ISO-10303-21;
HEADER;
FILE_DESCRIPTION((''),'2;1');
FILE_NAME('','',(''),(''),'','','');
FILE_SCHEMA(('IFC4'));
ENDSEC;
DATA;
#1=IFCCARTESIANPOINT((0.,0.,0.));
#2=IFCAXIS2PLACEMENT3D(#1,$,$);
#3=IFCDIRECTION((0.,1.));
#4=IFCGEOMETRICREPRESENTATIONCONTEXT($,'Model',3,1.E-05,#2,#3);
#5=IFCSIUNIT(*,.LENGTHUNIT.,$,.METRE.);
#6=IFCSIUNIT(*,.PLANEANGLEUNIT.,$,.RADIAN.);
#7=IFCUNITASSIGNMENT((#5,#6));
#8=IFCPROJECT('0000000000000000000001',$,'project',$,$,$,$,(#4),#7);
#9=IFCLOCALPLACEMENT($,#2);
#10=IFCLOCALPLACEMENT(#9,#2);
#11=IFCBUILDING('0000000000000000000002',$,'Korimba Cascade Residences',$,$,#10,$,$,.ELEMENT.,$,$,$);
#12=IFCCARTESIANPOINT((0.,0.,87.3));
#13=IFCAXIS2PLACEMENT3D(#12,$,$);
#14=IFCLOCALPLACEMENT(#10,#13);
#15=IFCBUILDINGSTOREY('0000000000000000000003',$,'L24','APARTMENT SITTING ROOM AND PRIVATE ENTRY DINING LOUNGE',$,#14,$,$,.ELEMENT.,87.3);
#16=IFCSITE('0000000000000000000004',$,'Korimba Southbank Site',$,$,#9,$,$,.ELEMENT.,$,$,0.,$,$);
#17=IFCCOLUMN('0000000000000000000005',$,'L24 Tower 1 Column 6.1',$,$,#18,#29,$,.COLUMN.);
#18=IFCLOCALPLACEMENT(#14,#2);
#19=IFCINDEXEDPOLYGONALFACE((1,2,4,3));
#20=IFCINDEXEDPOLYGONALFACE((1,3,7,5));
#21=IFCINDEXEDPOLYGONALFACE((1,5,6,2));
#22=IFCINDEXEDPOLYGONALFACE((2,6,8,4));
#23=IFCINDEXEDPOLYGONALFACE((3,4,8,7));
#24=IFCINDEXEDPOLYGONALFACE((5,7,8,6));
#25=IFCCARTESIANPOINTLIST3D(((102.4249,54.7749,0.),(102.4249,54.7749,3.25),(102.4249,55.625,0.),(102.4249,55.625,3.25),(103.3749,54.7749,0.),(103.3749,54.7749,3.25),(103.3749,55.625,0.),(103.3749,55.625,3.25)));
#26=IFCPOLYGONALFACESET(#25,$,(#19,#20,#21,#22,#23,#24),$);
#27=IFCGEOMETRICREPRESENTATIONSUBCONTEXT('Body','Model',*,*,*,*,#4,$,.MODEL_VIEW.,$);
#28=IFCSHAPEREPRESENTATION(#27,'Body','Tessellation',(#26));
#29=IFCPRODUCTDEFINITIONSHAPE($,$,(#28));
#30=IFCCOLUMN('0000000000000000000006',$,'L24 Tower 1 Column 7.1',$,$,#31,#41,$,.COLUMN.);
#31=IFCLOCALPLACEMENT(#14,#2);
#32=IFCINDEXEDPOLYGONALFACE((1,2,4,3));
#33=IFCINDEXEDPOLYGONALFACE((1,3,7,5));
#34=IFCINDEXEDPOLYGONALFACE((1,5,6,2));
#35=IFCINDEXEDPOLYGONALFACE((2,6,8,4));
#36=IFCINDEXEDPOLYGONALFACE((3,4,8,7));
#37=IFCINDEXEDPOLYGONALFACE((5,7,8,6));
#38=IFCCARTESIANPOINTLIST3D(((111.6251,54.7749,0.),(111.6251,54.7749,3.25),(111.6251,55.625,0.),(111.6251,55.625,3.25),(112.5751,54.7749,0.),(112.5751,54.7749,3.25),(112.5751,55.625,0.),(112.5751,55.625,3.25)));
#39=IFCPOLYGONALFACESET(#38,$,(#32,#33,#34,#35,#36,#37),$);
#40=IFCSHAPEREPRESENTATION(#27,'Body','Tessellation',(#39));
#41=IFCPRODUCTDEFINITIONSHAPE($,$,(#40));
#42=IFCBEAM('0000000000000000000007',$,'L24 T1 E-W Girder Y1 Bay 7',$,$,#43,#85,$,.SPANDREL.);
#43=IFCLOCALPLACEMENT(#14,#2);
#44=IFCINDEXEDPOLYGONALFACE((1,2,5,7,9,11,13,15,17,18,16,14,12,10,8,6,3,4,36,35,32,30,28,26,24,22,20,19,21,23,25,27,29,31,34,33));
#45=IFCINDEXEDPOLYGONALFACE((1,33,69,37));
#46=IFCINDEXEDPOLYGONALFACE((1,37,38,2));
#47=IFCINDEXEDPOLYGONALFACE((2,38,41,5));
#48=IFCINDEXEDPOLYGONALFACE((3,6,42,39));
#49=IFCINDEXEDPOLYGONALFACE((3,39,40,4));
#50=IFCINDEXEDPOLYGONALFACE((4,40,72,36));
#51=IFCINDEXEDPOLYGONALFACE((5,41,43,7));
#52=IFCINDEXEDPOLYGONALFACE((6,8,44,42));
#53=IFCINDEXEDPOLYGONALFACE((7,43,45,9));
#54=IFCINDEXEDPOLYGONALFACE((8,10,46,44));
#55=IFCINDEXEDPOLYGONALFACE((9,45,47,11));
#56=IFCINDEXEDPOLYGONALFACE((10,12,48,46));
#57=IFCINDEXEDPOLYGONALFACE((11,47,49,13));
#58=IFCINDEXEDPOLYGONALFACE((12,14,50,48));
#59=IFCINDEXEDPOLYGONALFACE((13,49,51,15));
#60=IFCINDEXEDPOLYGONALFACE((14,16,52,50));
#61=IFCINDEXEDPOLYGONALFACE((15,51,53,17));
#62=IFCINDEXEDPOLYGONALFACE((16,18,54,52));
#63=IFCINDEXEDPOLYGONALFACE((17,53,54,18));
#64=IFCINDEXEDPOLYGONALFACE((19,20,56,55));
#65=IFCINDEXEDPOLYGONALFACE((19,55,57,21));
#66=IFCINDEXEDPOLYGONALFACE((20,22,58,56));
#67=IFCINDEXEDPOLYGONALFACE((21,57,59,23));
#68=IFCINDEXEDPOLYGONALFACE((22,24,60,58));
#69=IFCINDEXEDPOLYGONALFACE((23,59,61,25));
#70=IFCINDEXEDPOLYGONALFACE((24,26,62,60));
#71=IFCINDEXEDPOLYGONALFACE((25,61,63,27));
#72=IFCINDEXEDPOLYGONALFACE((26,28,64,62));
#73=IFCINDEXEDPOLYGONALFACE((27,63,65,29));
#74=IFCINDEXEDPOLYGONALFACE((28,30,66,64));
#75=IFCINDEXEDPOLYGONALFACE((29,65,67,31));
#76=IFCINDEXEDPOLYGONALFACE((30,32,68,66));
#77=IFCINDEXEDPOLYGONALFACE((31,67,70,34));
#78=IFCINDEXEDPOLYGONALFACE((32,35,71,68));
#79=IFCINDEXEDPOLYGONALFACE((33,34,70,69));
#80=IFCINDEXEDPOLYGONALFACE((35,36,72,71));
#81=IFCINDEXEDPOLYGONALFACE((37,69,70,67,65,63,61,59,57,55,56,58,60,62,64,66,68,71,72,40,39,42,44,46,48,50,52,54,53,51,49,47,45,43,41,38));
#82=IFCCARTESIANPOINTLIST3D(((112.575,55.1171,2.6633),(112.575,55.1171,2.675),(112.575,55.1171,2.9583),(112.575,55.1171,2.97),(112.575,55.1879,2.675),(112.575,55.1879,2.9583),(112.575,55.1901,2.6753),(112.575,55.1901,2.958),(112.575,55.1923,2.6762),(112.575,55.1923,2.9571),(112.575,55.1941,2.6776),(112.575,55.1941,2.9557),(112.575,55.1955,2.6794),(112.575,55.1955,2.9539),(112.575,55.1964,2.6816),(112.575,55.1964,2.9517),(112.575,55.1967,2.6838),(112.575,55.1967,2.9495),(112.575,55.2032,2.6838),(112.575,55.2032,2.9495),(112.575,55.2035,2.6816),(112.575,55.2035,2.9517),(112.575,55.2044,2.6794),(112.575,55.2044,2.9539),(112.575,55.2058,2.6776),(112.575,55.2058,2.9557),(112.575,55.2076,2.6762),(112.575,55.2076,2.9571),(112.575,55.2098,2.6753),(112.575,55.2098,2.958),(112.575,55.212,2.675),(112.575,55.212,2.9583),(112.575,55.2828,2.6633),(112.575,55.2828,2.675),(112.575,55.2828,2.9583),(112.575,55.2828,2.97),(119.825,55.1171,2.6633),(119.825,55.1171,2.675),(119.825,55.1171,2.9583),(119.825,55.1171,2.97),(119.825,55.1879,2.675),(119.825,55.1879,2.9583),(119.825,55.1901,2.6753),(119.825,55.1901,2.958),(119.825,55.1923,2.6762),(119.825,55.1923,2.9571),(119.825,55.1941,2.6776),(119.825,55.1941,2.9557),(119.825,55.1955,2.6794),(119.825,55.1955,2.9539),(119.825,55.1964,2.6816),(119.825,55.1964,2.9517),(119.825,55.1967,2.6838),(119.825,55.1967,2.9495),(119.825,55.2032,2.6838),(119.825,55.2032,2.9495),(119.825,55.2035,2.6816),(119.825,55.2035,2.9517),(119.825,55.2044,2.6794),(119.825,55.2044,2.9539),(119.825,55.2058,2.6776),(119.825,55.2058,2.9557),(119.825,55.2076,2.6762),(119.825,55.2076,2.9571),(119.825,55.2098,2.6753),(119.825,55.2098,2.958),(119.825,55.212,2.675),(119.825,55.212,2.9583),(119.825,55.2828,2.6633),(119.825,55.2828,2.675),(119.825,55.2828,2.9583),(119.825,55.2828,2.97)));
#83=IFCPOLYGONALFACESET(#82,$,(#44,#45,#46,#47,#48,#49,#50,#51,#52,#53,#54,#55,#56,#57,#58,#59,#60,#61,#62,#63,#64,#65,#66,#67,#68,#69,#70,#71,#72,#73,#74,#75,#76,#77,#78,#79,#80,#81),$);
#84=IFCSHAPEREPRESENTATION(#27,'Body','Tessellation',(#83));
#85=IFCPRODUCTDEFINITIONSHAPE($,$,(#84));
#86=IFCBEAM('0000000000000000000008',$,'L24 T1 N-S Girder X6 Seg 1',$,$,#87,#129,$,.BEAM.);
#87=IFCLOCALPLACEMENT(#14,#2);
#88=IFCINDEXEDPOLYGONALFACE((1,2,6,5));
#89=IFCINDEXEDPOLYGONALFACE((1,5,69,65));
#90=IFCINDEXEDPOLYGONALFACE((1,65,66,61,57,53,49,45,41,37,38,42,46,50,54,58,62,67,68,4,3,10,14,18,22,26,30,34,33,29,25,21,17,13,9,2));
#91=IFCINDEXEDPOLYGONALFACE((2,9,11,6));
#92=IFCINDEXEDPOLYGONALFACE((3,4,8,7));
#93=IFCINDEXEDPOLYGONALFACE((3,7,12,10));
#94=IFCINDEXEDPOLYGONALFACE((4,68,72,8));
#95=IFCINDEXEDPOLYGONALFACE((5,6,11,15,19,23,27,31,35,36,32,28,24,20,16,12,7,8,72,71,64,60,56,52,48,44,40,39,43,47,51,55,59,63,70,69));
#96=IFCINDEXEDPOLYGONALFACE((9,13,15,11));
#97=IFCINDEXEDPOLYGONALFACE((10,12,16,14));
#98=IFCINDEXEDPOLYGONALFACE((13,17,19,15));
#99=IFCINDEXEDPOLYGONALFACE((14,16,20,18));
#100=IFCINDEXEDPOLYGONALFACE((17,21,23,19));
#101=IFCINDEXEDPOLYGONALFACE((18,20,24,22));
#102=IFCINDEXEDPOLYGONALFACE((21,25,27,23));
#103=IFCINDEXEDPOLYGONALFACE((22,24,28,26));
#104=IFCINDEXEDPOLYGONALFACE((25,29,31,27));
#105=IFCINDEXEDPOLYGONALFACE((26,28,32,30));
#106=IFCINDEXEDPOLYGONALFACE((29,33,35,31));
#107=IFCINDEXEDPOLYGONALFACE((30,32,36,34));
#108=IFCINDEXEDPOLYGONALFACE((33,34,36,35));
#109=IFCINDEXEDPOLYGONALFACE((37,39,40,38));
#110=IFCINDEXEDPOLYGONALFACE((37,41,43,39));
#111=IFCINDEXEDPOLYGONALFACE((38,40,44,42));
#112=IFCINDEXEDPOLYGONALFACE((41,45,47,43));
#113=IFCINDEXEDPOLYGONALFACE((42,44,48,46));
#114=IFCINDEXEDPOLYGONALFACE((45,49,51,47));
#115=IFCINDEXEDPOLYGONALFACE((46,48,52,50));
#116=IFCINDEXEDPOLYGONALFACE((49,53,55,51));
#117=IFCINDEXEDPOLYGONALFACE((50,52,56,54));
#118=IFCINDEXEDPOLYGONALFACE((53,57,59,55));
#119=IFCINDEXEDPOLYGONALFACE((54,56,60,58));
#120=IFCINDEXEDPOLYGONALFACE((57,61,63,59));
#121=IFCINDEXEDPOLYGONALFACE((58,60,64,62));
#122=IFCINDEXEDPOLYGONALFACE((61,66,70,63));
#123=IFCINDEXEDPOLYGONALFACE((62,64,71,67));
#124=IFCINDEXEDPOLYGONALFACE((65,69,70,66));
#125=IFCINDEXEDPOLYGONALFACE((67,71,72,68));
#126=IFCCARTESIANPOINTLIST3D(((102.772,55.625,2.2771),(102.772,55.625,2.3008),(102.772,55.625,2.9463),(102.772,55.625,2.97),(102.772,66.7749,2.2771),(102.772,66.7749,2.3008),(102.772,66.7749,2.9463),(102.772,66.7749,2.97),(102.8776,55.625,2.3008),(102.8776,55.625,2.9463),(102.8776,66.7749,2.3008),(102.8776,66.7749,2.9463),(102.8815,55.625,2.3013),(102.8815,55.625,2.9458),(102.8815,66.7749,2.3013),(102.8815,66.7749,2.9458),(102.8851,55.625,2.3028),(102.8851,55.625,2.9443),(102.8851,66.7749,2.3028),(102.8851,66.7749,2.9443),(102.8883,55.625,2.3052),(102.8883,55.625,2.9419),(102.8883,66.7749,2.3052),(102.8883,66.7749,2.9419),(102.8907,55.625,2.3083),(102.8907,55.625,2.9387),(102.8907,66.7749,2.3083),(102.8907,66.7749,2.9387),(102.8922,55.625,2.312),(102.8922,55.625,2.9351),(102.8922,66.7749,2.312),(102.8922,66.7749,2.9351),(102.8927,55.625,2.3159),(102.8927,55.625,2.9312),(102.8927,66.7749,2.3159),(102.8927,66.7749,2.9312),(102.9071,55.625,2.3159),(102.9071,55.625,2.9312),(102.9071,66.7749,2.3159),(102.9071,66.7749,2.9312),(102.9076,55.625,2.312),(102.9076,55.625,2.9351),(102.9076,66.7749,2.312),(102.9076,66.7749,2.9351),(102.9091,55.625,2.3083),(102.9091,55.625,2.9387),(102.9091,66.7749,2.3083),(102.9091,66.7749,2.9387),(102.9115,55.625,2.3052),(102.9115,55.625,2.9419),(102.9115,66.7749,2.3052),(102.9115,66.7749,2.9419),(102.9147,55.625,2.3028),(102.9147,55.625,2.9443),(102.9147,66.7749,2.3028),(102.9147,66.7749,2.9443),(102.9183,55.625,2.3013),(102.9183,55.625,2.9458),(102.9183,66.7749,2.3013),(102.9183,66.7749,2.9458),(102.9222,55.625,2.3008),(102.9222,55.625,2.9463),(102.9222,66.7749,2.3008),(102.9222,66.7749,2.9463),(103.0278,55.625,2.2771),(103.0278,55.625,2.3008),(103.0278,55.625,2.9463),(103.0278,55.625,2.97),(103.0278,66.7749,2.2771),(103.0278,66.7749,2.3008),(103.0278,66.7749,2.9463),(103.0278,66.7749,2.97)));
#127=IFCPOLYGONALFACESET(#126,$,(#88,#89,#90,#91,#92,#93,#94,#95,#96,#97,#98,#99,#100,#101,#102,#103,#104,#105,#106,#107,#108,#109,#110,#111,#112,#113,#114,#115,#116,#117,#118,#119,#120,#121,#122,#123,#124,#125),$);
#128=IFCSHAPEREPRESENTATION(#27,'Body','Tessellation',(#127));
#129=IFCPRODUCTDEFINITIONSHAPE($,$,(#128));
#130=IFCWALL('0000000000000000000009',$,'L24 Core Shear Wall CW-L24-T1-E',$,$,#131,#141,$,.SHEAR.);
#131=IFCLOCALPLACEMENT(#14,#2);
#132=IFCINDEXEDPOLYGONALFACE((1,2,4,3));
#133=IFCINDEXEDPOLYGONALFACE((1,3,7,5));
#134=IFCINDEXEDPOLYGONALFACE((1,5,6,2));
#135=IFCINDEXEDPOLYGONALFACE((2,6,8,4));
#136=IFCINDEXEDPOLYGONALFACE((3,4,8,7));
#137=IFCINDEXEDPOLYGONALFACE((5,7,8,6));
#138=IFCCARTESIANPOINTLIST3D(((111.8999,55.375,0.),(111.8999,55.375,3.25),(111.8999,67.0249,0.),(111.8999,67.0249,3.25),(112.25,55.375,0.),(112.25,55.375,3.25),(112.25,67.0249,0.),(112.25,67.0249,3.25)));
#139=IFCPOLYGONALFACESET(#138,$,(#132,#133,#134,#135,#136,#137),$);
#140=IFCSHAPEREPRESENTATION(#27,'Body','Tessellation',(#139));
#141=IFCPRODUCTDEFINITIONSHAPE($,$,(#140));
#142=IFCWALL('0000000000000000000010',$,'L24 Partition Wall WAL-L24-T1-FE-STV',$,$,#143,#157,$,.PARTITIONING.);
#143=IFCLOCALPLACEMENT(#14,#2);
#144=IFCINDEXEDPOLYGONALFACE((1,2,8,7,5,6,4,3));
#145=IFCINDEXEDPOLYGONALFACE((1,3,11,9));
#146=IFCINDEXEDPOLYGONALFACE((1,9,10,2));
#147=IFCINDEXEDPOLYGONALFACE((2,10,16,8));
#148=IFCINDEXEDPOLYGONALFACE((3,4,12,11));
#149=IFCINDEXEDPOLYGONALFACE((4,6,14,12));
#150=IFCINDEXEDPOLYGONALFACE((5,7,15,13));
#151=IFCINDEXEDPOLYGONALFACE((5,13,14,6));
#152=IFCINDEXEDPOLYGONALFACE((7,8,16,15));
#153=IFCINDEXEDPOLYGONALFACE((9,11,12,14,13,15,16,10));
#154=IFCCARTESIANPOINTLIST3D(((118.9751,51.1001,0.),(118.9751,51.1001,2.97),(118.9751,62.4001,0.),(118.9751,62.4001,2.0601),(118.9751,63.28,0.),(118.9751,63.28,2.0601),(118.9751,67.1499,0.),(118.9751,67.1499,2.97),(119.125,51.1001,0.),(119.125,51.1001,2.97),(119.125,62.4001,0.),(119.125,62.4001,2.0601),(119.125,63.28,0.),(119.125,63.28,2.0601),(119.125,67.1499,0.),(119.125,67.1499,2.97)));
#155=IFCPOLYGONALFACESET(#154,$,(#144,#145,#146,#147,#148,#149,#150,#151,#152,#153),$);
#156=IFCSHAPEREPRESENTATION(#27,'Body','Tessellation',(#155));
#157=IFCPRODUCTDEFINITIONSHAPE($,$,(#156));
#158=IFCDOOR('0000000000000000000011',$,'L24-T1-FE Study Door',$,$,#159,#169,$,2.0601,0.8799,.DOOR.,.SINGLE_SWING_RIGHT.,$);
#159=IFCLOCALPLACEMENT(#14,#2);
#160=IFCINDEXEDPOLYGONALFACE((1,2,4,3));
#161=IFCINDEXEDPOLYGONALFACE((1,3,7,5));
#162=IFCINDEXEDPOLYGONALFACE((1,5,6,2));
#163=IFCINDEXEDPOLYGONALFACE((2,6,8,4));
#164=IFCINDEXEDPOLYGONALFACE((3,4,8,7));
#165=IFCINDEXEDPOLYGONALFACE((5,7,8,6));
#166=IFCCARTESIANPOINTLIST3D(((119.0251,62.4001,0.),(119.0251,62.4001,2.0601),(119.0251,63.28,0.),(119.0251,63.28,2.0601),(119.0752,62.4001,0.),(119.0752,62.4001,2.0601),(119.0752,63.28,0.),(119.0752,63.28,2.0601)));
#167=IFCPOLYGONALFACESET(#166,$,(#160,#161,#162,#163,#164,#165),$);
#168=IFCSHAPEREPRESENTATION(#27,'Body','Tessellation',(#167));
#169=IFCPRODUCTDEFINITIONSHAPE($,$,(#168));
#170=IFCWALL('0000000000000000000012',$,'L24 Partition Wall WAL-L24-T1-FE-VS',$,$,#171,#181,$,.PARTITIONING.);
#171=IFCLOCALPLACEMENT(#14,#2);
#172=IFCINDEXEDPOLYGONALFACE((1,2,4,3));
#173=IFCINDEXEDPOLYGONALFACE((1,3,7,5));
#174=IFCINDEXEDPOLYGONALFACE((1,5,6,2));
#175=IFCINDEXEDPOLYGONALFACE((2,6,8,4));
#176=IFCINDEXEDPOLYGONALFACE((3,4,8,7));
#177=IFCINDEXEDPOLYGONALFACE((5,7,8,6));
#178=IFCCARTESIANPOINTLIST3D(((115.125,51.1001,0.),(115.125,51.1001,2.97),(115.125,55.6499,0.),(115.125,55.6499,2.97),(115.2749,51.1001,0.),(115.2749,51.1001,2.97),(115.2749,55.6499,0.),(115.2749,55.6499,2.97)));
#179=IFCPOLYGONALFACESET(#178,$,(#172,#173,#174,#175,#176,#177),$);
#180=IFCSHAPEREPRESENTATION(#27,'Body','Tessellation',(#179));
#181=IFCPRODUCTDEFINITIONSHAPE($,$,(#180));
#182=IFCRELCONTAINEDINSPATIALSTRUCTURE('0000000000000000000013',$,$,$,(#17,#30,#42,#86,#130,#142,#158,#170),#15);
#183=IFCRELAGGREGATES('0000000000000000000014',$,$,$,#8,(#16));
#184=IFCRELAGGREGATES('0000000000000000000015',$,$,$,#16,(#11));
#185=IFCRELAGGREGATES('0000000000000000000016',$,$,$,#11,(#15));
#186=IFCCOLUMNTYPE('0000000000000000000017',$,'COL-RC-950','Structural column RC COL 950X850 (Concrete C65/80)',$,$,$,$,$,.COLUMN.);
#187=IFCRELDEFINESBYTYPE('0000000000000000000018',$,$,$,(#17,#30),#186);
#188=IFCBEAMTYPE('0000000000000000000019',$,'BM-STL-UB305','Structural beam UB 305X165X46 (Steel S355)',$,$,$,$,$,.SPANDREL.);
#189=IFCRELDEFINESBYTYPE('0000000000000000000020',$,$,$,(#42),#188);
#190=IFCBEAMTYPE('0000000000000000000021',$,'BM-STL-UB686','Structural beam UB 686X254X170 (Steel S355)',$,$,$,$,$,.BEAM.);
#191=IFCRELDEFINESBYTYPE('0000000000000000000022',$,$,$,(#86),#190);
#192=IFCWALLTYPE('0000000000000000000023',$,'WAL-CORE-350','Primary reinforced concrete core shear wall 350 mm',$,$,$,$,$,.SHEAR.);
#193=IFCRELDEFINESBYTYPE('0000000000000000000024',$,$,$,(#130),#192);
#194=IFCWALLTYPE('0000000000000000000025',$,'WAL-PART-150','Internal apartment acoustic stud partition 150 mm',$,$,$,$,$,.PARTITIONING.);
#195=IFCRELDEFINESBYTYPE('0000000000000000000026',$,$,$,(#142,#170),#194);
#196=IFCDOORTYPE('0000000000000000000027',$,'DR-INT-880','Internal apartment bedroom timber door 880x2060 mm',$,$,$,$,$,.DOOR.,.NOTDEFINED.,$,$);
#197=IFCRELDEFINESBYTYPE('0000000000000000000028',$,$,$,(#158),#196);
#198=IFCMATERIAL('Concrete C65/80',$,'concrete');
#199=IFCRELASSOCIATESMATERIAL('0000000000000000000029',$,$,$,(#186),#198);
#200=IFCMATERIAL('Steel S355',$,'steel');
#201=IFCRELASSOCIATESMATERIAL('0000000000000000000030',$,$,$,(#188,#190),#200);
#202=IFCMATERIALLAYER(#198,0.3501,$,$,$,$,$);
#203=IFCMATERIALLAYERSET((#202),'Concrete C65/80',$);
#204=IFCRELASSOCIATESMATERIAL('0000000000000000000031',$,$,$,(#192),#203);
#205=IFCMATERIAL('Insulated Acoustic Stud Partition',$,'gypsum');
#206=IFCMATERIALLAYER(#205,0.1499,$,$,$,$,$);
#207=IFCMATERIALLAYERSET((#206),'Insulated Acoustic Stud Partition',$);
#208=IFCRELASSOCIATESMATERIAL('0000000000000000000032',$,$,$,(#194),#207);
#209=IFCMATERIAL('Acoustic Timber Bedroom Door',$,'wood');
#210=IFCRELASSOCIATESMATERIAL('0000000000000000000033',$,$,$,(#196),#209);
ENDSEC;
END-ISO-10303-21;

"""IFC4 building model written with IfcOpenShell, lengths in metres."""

from ifc_helpers import new_model, si_unit, direction, frame, frame_2d, origin, origin_2d, place, context, subcontext, project, spatial, rectangle, i_section, extrude, material, layer, layer_set, material_profile, profile_set, type_object, element, fill, save


model = new_model("IFC4")

# Units and contexts
model_context = context("Model", 3, precision=1e-05, world=origin(), true_north=direction((0.0, 1.0)))
body_context = subcontext(model_context, "Body", "Model", "MODEL_VIEW")
ifc_project = project(units=[si_unit("LENGTHUNIT", "METRE"), si_unit("PLANEANGLEUNIT", "RADIAN")], contexts=[model_context])

# Site, building, storey
site_placement = place(None, origin())
site = spatial("IfcSite", under=ifc_project, at=site_placement, Name="Korimba Southbank Site", CompositionType="ELEMENT", RefElevation=0.0)
building_placement = place(site_placement, origin())
building = spatial("IfcBuilding", under=site, at=building_placement, Name="Korimba Cascade Residences", CompositionType="ELEMENT")
storey_placement = place(building_placement, frame((0.0, 0.0, 87.3)))
storey = spatial("IfcBuildingStorey", under=building, at=storey_placement, Name="L24", Description="APARTMENT SITTING ROOM AND PRIVATE ENTRY DINING LOUNGE", CompositionType="ELEMENT", Elevation=87.3)

# Columns
ifc_material_1 = material(Name="Concrete C65/80", Category="concrete")
ifc_material_profile_1 = material_profile(ifc_material_1, rectangle(XDim=0.95, YDim=0.8501, at=origin_2d()), Name="Concrete C65/80")
ifc_profile_set_1 = profile_set([ifc_material_profile_1], Name="Concrete C65/80")
column_type = type_object("IfcColumnType", Name="COL-RC-950", Description="Structural column RC COL 950X850 (Concrete C65/80)", PredefinedType="COLUMN", material=ifc_profile_set_1)
for number, where, z_axis, x_axis, name in (
    (1, (102.8999, 55.2, 0.0), (0.0, 0.0, 1.0), (1.0, 0.0, 0.0), "L24 Tower 1 Column 6.1"),
    (2, (112.1001, 55.2, 0.0), (0.0, 0.0, 1.0), (1.0, 0.0, 0.0), "L24 Tower 1 Column 7.1"),
):
    element("IfcColumn", number, at=place(storey_placement, frame(where, z_axis=z_axis, x_axis=x_axis)), inside=storey, type_object=column_type, Name=name, PredefinedType="COLUMN", context=body_context, shape_type="SweptSolid", body=[
        extrude(rectangle(XDim=0.95, YDim=0.8501, at=origin_2d()), origin(), (0.0, 0.0, 1.0), 3.25),
    ])

# Beams
ifc_material_2 = material(Name="Steel S355", Category="steel")
ifc_material_profile_2 = material_profile(ifc_material_2, i_section(OverallWidth=0.1658, OverallDepth=0.3066, WebThickness=0.0066, FlangeThickness=0.0117, FilletRadius=0.0088, at=origin_2d()), Name="Steel S355")
ifc_profile_set_2 = profile_set([ifc_material_profile_2], Name="Steel S355")
beam_type_1 = type_object("IfcBeamType", Name="BM-STL-UB305", Description="Structural beam UB 305X165X46 (Steel S355)", PredefinedType="SPANDREL", material=ifc_profile_set_2)
beam_1_placement = place(storey_placement, frame((112.575, 55.2, 2.8167), z_axis=(1.0, 0.0, 0.0), x_axis=(0.0, 1.0, 0.0)))
element("IfcBeam", 3, at=beam_1_placement, inside=storey, type_object=beam_type_1, Name="L24 T1 E-W Girder Y1 Bay 7", PredefinedType="SPANDREL", context=body_context, shape_type="SweptSolid", body=[
    extrude(i_section(OverallWidth=0.1658, OverallDepth=0.3066, WebThickness=0.0066, FlangeThickness=0.0117, FilletRadius=0.0088, at=origin_2d()), origin(), (0.0, 0.0, 1.0), 7.25),
])
ifc_material_profile_3 = material_profile(ifc_material_2, i_section(OverallWidth=0.2559, OverallDepth=0.6929, WebThickness=0.0144, FlangeThickness=0.0237, FilletRadius=0.0151, at=origin_2d()), Name="Steel S355")
ifc_profile_set_3 = profile_set([ifc_material_profile_3], Name="Steel S355")
beam_type_2 = type_object("IfcBeamType", Name="BM-STL-UB686", Description="Structural beam UB 686X254X170 (Steel S355)", PredefinedType="BEAM", material=ifc_profile_set_3)
beam_2_placement = place(storey_placement, frame((102.8999, 55.625, 2.6235), z_axis=(0.0, 1.0, 0.0), x_axis=(-1.0, 0.0, 0.0)))
element("IfcBeam", 4, at=beam_2_placement, inside=storey, type_object=beam_type_2, Name="L24 T1 N-S Girder X6 Seg 1", PredefinedType="BEAM", context=body_context, shape_type="SweptSolid", body=[
    extrude(i_section(OverallWidth=0.2559, OverallDepth=0.6929, WebThickness=0.0144, FlangeThickness=0.0237, FilletRadius=0.0151, at=origin_2d()), origin(), (0.0, 0.0, 1.0), 11.1499),
])

# Wall
ifc_layer_1 = layer(ifc_material_1, 0.3501)
ifc_layer_set_1 = layer_set([ifc_layer_1], Name="Concrete C65/80")
wall_type_1 = type_object("IfcWallType", Name="WAL-CORE-350", Description="Primary reinforced concrete core shear wall 350 mm", PredefinedType="SHEAR", material=ifc_layer_set_1)
wall_1_placement = place(storey_placement, frame((112.075, 55.375, 0.0), z_axis=(0.0, 0.0, 1.0), x_axis=(0.0, 1.0, 0.0)))
element("IfcWall", 5, at=wall_1_placement, inside=storey, type_object=wall_type_1, Name="L24 Core Shear Wall CW-L24-T1-E", PredefinedType="SHEAR", context=body_context, shape_type="SweptSolid", body=[
    extrude(rectangle(XDim=11.6499, YDim=0.3501, at=frame_2d((5.825, 0.0))), origin(), (0.0, 0.0, 1.0), 3.25),
])

# Wall, opening, door
ifc_material_3 = material(Name="Insulated Acoustic Stud Partition", Category="gypsum")
ifc_layer_2 = layer(ifc_material_3, 0.1499)
ifc_layer_set_2 = layer_set([ifc_layer_2], Name="Insulated Acoustic Stud Partition")
wall_type_2 = type_object("IfcWallType", Name="WAL-PART-150", Description="Internal apartment acoustic stud partition 150 mm", PredefinedType="PARTITIONING", material=ifc_layer_set_2)
wall_2_placement = place(storey_placement, frame((119.05, 51.1001, 0.0), z_axis=(0.0, 0.0, 1.0), x_axis=(0.0, 1.0, 0.0)))
wall_2 = element("IfcWall", 6, at=wall_2_placement, inside=storey, type_object=wall_type_2, Name="L24 Partition Wall WAL-L24-T1-FE-STV", PredefinedType="PARTITIONING", context=body_context, shape_type="SweptSolid", body=[
    extrude(rectangle(XDim=16.0498, YDim=0.1499, at=frame_2d((8.0249, 0.0))), origin(), (0.0, 0.0, 1.0), 2.97),
])
opening_1_placement = place(wall_2_placement, frame((11.3, 0.0, 0.0)))
opening_1 = element("IfcOpeningElement", 7, at=opening_1_placement, cuts=wall_2, PredefinedType="OPENING", context=body_context, shape_type="SweptSolid", body=[
    extrude(rectangle(XDim=0.8799, YDim=2.0601, at=frame_2d((0.4399, 1.03))), frame((0.0, 0.085, 0.0), z_axis=(0.0, -1.0, 0.0), x_axis=(1.0, 0.0, 0.0)), (0.0, 0.0, 1.0), 0.1699),
])
ifc_material_4 = material(Name="Acoustic Timber Bedroom Door", Category="wood")
door_type_1 = type_object("IfcDoorType", Name="DR-INT-880", Description="Internal apartment bedroom timber door 880x2060 mm", OperationType="NOTDEFINED", PredefinedType="DOOR", material=ifc_material_4)
door_1_placement = place(opening_1_placement, origin())
door_1 = element("IfcDoor", 8, at=door_1_placement, inside=storey, type_object=door_type_1, Name="L24-T1-FE Study Door", OperationType="SINGLE_SWING_RIGHT", OverallHeight=2.0601, OverallWidth=0.8799, PredefinedType="DOOR", context=body_context, shape_type="SweptSolid", body=[
    extrude(rectangle(XDim=0.8799, YDim=2.0601, at=frame_2d((0.4399, 1.03))), frame((0.0, 0.0249, 0.0), z_axis=(0.0, -1.0, 0.0), x_axis=(1.0, 0.0, 0.0)), (0.0, 0.0, 1.0), 0.05),
])
fill(opening_1, door_1)

# Wall
wall_3_placement = place(storey_placement, frame((115.2, 51.1001, 0.0), z_axis=(0.0, 0.0, 1.0), x_axis=(0.0, 1.0, 0.0)))
element("IfcWall", 9, at=wall_3_placement, inside=storey, type_object=wall_type_2, Name="L24 Partition Wall WAL-L24-T1-FE-VS", PredefinedType="PARTITIONING", context=body_context, shape_type="SweptSolid", body=[
    extrude(rectangle(XDim=4.5498, YDim=0.1499, at=frame_2d((2.2749, 0.0))), origin(), (0.0, 0.0, 1.0), 2.97),
])

save(model, "model.ifc")
